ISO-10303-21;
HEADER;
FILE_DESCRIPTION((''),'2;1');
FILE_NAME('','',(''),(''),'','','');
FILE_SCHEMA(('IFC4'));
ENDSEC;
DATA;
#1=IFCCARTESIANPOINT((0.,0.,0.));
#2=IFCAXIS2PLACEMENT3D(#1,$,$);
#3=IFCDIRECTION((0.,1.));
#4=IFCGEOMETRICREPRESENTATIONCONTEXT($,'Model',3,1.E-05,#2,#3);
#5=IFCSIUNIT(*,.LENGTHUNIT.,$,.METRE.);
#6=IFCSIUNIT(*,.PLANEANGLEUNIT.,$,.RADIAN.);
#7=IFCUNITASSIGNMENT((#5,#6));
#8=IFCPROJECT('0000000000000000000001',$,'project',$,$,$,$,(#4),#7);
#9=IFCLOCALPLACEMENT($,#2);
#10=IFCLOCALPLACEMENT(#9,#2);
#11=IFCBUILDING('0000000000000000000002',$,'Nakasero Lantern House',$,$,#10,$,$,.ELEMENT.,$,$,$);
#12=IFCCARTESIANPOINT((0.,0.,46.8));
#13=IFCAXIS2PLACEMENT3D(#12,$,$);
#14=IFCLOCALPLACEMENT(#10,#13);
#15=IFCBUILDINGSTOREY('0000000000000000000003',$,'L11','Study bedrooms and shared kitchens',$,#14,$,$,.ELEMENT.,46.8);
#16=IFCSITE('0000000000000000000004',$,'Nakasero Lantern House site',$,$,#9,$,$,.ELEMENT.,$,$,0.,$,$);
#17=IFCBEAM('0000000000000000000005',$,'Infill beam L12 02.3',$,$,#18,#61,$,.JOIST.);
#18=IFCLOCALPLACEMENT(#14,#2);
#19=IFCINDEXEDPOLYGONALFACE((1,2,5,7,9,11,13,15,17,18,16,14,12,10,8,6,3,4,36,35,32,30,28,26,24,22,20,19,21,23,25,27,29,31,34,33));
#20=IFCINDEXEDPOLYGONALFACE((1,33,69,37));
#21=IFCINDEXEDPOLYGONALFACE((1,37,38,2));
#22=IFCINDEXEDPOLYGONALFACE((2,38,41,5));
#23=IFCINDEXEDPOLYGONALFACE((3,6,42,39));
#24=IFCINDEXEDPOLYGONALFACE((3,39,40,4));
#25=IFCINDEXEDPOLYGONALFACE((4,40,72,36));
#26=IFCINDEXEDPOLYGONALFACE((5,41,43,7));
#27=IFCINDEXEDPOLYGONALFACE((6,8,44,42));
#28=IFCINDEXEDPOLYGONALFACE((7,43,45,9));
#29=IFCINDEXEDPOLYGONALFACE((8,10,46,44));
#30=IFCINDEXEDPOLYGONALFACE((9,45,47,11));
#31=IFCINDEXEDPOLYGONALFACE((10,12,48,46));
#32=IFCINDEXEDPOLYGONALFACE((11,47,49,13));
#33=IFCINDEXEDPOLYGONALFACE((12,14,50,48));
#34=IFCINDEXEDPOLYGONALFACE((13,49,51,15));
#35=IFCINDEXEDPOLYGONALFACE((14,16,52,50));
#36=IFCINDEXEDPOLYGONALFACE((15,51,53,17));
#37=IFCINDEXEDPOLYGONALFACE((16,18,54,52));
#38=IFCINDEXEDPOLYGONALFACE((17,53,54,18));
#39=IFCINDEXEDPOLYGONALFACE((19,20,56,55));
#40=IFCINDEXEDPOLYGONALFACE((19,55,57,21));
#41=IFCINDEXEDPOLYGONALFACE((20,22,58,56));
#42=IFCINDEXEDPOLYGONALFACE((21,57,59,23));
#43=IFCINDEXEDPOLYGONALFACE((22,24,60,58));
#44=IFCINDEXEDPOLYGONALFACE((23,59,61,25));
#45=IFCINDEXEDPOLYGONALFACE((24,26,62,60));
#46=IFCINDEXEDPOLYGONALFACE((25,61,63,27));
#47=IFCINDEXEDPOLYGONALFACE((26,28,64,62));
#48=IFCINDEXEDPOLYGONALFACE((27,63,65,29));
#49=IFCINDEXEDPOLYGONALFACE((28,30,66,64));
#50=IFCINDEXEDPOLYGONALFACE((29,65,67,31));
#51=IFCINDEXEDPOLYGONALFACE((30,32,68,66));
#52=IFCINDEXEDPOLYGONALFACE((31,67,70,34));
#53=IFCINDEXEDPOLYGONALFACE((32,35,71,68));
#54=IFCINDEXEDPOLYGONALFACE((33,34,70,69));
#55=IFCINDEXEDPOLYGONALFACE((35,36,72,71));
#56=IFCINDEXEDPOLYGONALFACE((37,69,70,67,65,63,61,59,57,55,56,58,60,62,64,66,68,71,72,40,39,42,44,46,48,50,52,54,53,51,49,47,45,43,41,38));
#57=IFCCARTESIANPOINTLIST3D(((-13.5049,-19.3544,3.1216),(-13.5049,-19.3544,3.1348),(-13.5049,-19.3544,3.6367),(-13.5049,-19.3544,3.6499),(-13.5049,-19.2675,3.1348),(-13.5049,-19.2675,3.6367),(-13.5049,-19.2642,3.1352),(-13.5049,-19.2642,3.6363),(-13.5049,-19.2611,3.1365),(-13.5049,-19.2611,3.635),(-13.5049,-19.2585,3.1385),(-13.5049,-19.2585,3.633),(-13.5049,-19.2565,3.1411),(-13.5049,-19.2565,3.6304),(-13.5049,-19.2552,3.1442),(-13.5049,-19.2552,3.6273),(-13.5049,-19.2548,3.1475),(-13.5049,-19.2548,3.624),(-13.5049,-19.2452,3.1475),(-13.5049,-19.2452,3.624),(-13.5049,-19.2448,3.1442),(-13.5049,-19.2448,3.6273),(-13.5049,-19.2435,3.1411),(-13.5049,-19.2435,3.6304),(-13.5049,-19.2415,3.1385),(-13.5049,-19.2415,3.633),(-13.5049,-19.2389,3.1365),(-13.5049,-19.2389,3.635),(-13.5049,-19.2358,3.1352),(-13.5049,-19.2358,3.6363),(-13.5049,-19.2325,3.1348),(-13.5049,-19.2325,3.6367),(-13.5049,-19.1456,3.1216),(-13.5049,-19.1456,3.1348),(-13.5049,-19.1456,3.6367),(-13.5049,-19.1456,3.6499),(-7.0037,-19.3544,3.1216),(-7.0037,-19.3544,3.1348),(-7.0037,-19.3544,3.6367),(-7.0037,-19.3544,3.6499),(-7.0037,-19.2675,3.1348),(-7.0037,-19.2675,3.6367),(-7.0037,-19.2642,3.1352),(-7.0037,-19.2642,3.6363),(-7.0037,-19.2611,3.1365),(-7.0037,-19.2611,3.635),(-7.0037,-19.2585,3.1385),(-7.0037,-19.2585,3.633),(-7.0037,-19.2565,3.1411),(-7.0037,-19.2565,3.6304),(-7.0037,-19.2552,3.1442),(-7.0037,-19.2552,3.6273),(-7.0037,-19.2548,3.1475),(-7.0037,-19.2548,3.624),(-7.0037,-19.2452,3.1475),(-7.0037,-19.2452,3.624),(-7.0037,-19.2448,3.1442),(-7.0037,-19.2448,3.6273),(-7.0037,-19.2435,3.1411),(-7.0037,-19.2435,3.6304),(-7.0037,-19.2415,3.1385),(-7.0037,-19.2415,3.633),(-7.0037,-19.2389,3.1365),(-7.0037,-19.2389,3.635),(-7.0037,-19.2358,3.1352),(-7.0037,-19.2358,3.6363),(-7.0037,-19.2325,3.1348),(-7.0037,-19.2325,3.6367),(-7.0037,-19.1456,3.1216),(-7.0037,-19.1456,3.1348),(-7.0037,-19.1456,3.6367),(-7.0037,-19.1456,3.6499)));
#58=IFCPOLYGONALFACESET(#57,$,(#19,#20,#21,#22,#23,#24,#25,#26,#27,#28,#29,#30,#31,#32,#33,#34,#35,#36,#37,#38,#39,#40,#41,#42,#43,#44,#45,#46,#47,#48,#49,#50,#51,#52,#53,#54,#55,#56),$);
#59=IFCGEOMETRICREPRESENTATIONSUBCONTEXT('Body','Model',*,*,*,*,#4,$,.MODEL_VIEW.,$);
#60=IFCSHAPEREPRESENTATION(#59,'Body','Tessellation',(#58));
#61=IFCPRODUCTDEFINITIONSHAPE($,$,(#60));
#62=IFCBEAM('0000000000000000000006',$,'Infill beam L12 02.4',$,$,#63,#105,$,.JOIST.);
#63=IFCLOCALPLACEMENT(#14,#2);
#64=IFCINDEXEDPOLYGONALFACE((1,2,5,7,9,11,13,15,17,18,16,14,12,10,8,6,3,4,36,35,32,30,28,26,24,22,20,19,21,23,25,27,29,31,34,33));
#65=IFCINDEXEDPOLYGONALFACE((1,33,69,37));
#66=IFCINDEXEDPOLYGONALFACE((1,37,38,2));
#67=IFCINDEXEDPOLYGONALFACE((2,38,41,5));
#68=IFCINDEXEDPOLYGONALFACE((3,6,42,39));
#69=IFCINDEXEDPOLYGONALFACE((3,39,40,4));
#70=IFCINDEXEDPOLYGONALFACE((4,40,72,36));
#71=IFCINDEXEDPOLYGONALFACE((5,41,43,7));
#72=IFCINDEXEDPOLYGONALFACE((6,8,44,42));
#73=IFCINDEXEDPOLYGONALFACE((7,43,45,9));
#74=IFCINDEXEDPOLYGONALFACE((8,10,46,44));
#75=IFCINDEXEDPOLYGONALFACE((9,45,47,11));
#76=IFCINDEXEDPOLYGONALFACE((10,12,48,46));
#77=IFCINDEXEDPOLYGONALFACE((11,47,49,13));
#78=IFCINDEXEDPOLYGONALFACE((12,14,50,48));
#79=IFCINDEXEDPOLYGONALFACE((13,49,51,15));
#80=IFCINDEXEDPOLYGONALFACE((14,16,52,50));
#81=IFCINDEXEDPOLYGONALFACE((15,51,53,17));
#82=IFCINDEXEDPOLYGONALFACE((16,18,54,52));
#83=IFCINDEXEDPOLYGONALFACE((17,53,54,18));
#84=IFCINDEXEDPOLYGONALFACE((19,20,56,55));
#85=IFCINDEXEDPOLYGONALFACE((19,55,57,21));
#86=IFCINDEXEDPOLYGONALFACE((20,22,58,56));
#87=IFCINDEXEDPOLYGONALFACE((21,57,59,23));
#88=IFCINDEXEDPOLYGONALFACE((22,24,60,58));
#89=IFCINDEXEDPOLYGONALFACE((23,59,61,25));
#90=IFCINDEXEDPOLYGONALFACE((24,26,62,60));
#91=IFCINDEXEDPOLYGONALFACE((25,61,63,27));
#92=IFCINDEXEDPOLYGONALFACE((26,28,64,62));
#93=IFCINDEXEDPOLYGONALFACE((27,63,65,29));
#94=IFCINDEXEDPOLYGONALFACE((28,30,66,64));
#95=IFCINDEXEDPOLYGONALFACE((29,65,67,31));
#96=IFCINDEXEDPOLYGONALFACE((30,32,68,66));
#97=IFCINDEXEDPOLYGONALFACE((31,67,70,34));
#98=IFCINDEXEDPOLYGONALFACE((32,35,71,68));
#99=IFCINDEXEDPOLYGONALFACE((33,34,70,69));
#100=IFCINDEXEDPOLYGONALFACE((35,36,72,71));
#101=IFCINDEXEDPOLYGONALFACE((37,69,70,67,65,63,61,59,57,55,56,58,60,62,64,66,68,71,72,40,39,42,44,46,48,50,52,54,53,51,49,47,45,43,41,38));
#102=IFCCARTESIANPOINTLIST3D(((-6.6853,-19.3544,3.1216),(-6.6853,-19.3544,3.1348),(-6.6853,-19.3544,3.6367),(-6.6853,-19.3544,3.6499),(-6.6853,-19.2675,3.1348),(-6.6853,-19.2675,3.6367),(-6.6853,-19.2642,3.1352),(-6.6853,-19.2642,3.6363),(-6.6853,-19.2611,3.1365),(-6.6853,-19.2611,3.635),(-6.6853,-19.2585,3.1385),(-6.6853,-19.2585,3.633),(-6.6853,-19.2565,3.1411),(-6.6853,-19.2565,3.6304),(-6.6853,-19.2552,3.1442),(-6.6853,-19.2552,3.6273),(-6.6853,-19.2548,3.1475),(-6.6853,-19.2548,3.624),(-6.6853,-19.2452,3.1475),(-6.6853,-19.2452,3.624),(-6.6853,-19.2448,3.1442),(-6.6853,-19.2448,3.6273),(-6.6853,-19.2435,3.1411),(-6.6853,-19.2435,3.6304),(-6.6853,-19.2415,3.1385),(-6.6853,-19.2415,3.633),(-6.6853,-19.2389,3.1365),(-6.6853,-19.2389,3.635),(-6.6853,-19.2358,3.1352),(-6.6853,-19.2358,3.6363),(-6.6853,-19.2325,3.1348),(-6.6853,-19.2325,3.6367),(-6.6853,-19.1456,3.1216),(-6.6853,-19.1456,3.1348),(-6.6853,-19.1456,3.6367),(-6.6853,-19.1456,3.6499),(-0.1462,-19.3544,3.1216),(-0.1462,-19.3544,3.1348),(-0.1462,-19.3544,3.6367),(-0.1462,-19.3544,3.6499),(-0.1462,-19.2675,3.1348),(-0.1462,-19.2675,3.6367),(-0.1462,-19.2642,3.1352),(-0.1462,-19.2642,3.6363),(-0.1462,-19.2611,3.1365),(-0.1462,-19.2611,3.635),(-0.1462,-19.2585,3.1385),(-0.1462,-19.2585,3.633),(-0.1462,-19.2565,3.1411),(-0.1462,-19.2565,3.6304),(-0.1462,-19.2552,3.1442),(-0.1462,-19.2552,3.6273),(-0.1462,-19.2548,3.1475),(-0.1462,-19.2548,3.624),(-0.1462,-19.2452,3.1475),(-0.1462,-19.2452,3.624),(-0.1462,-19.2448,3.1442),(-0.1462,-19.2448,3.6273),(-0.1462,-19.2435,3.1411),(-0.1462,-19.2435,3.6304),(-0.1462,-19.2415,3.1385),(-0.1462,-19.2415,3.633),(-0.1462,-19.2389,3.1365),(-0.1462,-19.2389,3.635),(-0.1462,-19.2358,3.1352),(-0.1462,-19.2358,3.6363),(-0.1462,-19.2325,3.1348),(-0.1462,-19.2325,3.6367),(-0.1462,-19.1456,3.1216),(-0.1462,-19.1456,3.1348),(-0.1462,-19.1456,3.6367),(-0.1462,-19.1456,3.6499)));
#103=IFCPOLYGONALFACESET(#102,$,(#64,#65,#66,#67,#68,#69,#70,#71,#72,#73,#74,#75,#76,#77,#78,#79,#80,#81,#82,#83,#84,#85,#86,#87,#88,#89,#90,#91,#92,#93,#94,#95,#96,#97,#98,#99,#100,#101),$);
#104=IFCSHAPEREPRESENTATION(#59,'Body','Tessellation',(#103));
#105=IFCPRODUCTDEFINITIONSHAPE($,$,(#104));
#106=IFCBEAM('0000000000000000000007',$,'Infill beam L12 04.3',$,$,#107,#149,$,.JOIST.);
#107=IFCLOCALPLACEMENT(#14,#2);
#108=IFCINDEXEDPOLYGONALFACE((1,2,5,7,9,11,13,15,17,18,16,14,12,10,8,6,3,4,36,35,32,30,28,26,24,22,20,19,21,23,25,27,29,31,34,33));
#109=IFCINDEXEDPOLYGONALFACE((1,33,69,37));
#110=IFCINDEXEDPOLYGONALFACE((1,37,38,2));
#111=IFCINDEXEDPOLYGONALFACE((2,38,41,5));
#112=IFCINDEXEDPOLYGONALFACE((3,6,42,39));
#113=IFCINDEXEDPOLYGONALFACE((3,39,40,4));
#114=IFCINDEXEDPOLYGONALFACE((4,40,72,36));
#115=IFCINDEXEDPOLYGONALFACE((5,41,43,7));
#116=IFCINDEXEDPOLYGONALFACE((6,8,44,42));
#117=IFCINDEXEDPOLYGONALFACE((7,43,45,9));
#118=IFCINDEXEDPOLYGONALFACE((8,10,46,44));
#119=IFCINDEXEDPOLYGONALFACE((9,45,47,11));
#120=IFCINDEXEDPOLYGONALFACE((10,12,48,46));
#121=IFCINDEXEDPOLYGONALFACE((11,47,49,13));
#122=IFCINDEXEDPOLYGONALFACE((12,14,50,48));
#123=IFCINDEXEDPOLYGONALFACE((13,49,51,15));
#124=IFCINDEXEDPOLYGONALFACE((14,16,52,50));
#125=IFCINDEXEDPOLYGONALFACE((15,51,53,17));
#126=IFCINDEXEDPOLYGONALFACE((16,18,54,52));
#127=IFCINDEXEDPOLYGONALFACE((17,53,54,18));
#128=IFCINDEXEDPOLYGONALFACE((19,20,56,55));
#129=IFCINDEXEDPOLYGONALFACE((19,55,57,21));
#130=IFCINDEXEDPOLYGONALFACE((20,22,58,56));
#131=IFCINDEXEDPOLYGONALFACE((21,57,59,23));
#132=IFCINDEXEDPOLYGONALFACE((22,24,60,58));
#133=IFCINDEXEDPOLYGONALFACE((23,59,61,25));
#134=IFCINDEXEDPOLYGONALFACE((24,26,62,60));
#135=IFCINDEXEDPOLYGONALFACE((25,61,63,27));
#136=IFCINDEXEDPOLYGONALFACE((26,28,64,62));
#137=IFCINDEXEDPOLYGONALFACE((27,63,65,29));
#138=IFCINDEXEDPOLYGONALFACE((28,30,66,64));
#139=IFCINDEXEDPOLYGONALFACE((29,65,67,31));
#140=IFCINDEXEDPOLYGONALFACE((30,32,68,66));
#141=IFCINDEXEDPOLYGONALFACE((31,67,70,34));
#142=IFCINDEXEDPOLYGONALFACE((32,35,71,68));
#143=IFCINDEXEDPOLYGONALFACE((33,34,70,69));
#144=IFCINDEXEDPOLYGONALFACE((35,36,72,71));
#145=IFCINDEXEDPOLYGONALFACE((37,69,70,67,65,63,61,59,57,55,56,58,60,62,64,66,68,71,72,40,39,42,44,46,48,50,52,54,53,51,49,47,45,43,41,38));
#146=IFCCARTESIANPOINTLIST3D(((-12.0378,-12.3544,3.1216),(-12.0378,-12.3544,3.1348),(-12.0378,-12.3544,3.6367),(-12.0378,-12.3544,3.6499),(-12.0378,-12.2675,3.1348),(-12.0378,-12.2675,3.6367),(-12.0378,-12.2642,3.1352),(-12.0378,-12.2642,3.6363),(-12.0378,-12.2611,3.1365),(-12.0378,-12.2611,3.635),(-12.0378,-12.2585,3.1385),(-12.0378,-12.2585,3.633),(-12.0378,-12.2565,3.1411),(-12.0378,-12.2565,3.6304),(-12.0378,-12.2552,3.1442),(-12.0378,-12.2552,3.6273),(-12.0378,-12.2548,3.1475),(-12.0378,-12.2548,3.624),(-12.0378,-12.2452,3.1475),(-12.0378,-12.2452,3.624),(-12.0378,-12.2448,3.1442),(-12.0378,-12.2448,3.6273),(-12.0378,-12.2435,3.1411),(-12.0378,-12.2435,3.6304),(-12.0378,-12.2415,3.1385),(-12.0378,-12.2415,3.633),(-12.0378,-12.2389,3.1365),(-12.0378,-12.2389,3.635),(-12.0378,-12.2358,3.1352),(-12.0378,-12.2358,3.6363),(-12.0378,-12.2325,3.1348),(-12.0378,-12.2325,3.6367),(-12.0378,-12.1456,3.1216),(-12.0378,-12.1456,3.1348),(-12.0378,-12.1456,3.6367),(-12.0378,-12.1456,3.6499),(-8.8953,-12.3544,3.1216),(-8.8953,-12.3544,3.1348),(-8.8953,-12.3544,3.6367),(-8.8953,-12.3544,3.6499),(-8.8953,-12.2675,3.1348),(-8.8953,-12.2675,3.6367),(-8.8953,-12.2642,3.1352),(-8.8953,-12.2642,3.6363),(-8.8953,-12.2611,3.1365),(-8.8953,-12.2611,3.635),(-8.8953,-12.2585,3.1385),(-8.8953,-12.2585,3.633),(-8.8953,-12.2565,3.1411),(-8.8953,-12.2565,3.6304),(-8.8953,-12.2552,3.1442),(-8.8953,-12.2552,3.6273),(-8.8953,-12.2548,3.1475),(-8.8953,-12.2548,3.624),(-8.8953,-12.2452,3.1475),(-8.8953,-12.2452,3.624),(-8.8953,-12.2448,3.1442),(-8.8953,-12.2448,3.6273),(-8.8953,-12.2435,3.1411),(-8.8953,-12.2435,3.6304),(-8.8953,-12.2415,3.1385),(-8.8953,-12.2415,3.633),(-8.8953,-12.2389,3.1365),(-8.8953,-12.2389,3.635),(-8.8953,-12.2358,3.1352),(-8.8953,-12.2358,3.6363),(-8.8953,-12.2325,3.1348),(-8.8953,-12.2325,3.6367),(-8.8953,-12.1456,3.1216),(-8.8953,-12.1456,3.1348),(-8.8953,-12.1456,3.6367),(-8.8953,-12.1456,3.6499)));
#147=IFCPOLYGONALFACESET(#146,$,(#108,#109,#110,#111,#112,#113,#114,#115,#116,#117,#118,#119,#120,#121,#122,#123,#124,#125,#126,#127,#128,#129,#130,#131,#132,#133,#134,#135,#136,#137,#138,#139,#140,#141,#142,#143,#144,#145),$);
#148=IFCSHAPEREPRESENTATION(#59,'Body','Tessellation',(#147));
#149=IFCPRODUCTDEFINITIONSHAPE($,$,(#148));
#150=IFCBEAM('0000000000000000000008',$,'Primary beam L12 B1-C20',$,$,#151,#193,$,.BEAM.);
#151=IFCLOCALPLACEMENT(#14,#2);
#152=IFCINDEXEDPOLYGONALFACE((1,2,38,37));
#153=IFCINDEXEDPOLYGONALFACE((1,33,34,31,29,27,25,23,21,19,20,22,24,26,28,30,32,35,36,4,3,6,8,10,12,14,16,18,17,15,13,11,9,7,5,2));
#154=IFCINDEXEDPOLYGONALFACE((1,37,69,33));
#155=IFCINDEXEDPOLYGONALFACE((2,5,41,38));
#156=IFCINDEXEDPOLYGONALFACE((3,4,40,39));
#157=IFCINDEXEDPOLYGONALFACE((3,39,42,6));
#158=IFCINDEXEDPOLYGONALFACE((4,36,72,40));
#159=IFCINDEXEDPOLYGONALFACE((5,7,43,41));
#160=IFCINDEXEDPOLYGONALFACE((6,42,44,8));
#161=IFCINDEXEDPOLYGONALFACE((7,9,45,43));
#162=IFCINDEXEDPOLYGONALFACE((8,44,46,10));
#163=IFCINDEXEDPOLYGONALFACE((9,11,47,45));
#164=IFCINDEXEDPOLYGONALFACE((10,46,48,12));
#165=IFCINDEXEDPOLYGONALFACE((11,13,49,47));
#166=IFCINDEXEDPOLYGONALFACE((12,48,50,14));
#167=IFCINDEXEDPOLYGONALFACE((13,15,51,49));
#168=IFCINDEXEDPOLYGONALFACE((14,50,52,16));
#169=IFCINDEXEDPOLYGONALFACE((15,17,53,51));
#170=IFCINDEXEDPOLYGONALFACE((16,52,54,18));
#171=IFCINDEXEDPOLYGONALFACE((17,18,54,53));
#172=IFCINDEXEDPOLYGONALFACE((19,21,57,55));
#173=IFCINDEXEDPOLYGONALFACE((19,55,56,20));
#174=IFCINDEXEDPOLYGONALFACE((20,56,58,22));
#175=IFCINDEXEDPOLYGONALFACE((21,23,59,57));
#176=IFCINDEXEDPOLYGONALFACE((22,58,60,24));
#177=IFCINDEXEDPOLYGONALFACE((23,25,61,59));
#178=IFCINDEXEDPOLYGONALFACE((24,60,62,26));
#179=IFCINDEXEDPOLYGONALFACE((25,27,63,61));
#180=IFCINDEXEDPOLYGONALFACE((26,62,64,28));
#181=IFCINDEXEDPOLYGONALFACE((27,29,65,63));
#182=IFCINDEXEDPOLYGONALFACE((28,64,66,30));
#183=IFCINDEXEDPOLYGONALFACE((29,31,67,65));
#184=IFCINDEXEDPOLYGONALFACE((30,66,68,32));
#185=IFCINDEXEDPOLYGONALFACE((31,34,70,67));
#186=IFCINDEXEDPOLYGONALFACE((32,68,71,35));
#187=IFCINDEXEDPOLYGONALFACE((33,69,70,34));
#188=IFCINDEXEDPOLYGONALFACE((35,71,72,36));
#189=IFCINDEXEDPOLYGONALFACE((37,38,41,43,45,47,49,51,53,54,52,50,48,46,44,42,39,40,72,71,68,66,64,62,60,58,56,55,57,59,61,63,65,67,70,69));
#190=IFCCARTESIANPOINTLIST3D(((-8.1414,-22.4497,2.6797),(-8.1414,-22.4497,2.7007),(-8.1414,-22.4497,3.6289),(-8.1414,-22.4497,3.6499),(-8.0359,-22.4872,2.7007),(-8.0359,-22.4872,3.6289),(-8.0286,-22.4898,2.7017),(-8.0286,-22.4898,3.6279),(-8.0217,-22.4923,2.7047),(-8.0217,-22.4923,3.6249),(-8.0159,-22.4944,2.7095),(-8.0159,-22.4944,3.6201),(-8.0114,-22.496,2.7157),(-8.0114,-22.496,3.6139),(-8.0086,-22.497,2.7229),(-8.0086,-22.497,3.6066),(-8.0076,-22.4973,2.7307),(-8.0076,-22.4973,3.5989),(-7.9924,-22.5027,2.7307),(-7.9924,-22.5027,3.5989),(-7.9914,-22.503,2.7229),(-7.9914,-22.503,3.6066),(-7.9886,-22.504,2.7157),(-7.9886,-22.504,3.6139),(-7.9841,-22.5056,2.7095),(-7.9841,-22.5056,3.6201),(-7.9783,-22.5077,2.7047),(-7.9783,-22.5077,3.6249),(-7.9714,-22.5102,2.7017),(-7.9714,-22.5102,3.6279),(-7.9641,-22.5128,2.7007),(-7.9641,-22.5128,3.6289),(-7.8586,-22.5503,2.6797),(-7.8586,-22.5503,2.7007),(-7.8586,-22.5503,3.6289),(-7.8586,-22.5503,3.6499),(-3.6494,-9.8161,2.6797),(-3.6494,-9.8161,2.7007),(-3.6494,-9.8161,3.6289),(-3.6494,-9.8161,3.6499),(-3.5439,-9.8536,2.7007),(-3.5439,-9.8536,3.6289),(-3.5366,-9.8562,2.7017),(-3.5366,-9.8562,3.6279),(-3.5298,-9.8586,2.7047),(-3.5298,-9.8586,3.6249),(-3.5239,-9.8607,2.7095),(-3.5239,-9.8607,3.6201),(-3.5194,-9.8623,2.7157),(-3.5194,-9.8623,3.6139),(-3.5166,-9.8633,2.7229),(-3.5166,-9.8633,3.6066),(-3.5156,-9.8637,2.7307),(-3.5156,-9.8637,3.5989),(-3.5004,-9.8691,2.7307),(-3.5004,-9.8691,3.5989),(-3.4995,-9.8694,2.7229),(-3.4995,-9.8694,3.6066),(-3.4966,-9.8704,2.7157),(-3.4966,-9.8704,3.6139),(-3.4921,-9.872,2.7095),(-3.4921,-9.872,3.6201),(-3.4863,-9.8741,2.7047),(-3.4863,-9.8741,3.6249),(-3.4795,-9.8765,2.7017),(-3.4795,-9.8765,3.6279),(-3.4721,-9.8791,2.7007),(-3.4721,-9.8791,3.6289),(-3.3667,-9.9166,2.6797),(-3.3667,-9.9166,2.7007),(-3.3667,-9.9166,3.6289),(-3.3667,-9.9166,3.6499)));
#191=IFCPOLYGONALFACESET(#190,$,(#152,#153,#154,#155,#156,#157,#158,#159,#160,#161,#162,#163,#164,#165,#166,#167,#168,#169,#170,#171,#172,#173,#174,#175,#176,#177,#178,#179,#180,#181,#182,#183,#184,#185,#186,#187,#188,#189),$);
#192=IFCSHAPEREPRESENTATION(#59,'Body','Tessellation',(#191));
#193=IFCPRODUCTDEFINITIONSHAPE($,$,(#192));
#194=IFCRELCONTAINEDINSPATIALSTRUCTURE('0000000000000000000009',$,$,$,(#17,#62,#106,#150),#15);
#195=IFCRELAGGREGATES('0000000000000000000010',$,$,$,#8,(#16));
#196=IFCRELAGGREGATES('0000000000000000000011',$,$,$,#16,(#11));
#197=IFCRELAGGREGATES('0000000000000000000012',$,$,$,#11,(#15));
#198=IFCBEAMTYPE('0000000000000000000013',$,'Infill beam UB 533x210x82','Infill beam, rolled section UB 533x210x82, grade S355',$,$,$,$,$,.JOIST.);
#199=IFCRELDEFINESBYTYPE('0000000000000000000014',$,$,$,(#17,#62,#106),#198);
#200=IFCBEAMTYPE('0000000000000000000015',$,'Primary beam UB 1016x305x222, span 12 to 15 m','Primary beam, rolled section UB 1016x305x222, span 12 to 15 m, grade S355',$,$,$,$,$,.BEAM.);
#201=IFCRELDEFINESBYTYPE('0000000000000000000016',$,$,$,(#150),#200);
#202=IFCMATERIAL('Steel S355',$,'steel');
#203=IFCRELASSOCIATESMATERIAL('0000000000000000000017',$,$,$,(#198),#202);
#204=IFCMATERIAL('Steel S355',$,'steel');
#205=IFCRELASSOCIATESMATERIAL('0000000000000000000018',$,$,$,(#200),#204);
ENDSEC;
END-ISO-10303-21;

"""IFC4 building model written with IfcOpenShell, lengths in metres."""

from ifc_helpers import new_model, si_unit, direction, frame, origin, origin_2d, place, context, subcontext, project, spatial, i_section, extrude, material, material_profile, profile_set, type_object, element, save


model = new_model("IFC4")

# Units and contexts
model_context = context("Model", 3, precision=1e-05, world=origin(), true_north=direction((0.0, 1.0)))
body_context = subcontext(model_context, "Body", "Model", "MODEL_VIEW")
ifc_project = project(units=[si_unit("LENGTHUNIT", "METRE"), si_unit("PLANEANGLEUNIT", "RADIAN")], contexts=[model_context])

# Site, building, storey
site_placement = place(None, origin())
site = spatial("IfcSite", under=ifc_project, at=site_placement, Name="Nakasero Lantern House site", CompositionType="ELEMENT", RefElevation=0.0)
building_placement = place(site_placement, origin())
building = spatial("IfcBuilding", under=site, at=building_placement, Name="Nakasero Lantern House", CompositionType="ELEMENT")
storey_placement = place(building_placement, frame((0.0, 0.0, 46.8)))
storey = spatial("IfcBuildingStorey", under=building, at=storey_placement, Name="L11", Description="Study bedrooms and shared kitchens", CompositionType="ELEMENT", Elevation=46.8)

# Beams
ifc_material_1 = material(Name="Steel S355", Category="steel")
ifc_material_profile_1 = material_profile(ifc_material_1, i_section(OverallWidth=0.2087, OverallDepth=0.5283, WebThickness=0.0095, FlangeThickness=0.0132, FilletRadius=0.0127, at=origin_2d()), Name="UB 533x210x82")
ifc_profile_set_1 = profile_set([ifc_material_profile_1], Name="Steel S355")
beam_type_1 = type_object("IfcBeamType", Name="Infill beam UB 533x210x82", Description="Infill beam, rolled section UB 533x210x82, grade S355", PredefinedType="JOIST", material=ifc_profile_set_1)
beam_1_placement = place(storey_placement, frame((-13.5049, -19.25, 3.3857), z_axis=(1.0, 0.0, 0.0), x_axis=(0.0, 1.0, 0.0)))
element("IfcBeam", 1, at=beam_1_placement, inside=storey, type_object=beam_type_1, Name="Infill beam L12 02.3", PredefinedType="JOIST", context=body_context, shape_type="SweptSolid", body=[
    extrude(i_section(OverallWidth=0.2087, OverallDepth=0.5283, WebThickness=0.0095, FlangeThickness=0.0132, FilletRadius=0.0127, at=origin_2d()), origin(), (0.0, 0.0, 1.0), 6.5012),
])
beam_2_placement = place(storey_placement, frame((-6.6853, -19.25, 3.3857), z_axis=(1.0, 0.0, 0.0), x_axis=(0.0, 1.0, 0.0)))
element("IfcBeam", 2, at=beam_2_placement, inside=storey, type_object=beam_type_1, Name="Infill beam L12 02.4", PredefinedType="JOIST", context=body_context, shape_type="SweptSolid", body=[
    extrude(i_section(OverallWidth=0.2087, OverallDepth=0.5283, WebThickness=0.0095, FlangeThickness=0.0132, FilletRadius=0.0127, at=origin_2d()), origin(), (0.0, 0.0, 1.0), 6.5391),
])
beam_3_placement = place(storey_placement, frame((-12.0378, -12.25, 3.3857), z_axis=(1.0, 0.0, 0.0), x_axis=(0.0, 1.0, 0.0)))
element("IfcBeam", 3, at=beam_3_placement, inside=storey, type_object=beam_type_1, Name="Infill beam L12 04.3", PredefinedType="JOIST", context=body_context, shape_type="SweptSolid", body=[
    extrude(i_section(OverallWidth=0.2087, OverallDepth=0.5283, WebThickness=0.0095, FlangeThickness=0.0132, FilletRadius=0.0127, at=origin_2d()), origin(), (0.0, 0.0, 1.0), 3.1426),
])
ifc_material_2 = material(Name="Steel S355", Category="steel")
ifc_material_profile_2 = material_profile(ifc_material_2, i_section(OverallWidth=0.3, OverallDepth=0.9702, WebThickness=0.0161, FlangeThickness=0.021, FilletRadius=0.03, at=origin_2d()), Name="UB 1016x305x222")
ifc_profile_set_2 = profile_set([ifc_material_profile_2], Name="Steel S355")
beam_type_2 = type_object("IfcBeamType", Name="Primary beam UB 1016x305x222, span 12 to 15 m", Description="Primary beam, rolled section UB 1016x305x222, span 12 to 15 m, grade S355", PredefinedType="BEAM", material=ifc_profile_set_2)
beam_4_placement = place(storey_placement, frame((-8.0, -22.5, 3.1648), z_axis=(0.335011, 0.942214, 0.0), x_axis=(-0.942214, 0.335011, 0.0)))
element("IfcBeam", 4, at=beam_4_placement, inside=storey, type_object=beam_type_2, Name="Primary beam L12 B1-C20", PredefinedType="BEAM", context=body_context, shape_type="SweptSolid", body=[
    extrude(i_section(OverallWidth=0.3, OverallDepth=0.9702, WebThickness=0.0161, FlangeThickness=0.021, FilletRadius=0.03, at=origin_2d()), origin(), (0.0, 0.0, 1.0), 13.4084),
])

save(model, "model.ifc")
